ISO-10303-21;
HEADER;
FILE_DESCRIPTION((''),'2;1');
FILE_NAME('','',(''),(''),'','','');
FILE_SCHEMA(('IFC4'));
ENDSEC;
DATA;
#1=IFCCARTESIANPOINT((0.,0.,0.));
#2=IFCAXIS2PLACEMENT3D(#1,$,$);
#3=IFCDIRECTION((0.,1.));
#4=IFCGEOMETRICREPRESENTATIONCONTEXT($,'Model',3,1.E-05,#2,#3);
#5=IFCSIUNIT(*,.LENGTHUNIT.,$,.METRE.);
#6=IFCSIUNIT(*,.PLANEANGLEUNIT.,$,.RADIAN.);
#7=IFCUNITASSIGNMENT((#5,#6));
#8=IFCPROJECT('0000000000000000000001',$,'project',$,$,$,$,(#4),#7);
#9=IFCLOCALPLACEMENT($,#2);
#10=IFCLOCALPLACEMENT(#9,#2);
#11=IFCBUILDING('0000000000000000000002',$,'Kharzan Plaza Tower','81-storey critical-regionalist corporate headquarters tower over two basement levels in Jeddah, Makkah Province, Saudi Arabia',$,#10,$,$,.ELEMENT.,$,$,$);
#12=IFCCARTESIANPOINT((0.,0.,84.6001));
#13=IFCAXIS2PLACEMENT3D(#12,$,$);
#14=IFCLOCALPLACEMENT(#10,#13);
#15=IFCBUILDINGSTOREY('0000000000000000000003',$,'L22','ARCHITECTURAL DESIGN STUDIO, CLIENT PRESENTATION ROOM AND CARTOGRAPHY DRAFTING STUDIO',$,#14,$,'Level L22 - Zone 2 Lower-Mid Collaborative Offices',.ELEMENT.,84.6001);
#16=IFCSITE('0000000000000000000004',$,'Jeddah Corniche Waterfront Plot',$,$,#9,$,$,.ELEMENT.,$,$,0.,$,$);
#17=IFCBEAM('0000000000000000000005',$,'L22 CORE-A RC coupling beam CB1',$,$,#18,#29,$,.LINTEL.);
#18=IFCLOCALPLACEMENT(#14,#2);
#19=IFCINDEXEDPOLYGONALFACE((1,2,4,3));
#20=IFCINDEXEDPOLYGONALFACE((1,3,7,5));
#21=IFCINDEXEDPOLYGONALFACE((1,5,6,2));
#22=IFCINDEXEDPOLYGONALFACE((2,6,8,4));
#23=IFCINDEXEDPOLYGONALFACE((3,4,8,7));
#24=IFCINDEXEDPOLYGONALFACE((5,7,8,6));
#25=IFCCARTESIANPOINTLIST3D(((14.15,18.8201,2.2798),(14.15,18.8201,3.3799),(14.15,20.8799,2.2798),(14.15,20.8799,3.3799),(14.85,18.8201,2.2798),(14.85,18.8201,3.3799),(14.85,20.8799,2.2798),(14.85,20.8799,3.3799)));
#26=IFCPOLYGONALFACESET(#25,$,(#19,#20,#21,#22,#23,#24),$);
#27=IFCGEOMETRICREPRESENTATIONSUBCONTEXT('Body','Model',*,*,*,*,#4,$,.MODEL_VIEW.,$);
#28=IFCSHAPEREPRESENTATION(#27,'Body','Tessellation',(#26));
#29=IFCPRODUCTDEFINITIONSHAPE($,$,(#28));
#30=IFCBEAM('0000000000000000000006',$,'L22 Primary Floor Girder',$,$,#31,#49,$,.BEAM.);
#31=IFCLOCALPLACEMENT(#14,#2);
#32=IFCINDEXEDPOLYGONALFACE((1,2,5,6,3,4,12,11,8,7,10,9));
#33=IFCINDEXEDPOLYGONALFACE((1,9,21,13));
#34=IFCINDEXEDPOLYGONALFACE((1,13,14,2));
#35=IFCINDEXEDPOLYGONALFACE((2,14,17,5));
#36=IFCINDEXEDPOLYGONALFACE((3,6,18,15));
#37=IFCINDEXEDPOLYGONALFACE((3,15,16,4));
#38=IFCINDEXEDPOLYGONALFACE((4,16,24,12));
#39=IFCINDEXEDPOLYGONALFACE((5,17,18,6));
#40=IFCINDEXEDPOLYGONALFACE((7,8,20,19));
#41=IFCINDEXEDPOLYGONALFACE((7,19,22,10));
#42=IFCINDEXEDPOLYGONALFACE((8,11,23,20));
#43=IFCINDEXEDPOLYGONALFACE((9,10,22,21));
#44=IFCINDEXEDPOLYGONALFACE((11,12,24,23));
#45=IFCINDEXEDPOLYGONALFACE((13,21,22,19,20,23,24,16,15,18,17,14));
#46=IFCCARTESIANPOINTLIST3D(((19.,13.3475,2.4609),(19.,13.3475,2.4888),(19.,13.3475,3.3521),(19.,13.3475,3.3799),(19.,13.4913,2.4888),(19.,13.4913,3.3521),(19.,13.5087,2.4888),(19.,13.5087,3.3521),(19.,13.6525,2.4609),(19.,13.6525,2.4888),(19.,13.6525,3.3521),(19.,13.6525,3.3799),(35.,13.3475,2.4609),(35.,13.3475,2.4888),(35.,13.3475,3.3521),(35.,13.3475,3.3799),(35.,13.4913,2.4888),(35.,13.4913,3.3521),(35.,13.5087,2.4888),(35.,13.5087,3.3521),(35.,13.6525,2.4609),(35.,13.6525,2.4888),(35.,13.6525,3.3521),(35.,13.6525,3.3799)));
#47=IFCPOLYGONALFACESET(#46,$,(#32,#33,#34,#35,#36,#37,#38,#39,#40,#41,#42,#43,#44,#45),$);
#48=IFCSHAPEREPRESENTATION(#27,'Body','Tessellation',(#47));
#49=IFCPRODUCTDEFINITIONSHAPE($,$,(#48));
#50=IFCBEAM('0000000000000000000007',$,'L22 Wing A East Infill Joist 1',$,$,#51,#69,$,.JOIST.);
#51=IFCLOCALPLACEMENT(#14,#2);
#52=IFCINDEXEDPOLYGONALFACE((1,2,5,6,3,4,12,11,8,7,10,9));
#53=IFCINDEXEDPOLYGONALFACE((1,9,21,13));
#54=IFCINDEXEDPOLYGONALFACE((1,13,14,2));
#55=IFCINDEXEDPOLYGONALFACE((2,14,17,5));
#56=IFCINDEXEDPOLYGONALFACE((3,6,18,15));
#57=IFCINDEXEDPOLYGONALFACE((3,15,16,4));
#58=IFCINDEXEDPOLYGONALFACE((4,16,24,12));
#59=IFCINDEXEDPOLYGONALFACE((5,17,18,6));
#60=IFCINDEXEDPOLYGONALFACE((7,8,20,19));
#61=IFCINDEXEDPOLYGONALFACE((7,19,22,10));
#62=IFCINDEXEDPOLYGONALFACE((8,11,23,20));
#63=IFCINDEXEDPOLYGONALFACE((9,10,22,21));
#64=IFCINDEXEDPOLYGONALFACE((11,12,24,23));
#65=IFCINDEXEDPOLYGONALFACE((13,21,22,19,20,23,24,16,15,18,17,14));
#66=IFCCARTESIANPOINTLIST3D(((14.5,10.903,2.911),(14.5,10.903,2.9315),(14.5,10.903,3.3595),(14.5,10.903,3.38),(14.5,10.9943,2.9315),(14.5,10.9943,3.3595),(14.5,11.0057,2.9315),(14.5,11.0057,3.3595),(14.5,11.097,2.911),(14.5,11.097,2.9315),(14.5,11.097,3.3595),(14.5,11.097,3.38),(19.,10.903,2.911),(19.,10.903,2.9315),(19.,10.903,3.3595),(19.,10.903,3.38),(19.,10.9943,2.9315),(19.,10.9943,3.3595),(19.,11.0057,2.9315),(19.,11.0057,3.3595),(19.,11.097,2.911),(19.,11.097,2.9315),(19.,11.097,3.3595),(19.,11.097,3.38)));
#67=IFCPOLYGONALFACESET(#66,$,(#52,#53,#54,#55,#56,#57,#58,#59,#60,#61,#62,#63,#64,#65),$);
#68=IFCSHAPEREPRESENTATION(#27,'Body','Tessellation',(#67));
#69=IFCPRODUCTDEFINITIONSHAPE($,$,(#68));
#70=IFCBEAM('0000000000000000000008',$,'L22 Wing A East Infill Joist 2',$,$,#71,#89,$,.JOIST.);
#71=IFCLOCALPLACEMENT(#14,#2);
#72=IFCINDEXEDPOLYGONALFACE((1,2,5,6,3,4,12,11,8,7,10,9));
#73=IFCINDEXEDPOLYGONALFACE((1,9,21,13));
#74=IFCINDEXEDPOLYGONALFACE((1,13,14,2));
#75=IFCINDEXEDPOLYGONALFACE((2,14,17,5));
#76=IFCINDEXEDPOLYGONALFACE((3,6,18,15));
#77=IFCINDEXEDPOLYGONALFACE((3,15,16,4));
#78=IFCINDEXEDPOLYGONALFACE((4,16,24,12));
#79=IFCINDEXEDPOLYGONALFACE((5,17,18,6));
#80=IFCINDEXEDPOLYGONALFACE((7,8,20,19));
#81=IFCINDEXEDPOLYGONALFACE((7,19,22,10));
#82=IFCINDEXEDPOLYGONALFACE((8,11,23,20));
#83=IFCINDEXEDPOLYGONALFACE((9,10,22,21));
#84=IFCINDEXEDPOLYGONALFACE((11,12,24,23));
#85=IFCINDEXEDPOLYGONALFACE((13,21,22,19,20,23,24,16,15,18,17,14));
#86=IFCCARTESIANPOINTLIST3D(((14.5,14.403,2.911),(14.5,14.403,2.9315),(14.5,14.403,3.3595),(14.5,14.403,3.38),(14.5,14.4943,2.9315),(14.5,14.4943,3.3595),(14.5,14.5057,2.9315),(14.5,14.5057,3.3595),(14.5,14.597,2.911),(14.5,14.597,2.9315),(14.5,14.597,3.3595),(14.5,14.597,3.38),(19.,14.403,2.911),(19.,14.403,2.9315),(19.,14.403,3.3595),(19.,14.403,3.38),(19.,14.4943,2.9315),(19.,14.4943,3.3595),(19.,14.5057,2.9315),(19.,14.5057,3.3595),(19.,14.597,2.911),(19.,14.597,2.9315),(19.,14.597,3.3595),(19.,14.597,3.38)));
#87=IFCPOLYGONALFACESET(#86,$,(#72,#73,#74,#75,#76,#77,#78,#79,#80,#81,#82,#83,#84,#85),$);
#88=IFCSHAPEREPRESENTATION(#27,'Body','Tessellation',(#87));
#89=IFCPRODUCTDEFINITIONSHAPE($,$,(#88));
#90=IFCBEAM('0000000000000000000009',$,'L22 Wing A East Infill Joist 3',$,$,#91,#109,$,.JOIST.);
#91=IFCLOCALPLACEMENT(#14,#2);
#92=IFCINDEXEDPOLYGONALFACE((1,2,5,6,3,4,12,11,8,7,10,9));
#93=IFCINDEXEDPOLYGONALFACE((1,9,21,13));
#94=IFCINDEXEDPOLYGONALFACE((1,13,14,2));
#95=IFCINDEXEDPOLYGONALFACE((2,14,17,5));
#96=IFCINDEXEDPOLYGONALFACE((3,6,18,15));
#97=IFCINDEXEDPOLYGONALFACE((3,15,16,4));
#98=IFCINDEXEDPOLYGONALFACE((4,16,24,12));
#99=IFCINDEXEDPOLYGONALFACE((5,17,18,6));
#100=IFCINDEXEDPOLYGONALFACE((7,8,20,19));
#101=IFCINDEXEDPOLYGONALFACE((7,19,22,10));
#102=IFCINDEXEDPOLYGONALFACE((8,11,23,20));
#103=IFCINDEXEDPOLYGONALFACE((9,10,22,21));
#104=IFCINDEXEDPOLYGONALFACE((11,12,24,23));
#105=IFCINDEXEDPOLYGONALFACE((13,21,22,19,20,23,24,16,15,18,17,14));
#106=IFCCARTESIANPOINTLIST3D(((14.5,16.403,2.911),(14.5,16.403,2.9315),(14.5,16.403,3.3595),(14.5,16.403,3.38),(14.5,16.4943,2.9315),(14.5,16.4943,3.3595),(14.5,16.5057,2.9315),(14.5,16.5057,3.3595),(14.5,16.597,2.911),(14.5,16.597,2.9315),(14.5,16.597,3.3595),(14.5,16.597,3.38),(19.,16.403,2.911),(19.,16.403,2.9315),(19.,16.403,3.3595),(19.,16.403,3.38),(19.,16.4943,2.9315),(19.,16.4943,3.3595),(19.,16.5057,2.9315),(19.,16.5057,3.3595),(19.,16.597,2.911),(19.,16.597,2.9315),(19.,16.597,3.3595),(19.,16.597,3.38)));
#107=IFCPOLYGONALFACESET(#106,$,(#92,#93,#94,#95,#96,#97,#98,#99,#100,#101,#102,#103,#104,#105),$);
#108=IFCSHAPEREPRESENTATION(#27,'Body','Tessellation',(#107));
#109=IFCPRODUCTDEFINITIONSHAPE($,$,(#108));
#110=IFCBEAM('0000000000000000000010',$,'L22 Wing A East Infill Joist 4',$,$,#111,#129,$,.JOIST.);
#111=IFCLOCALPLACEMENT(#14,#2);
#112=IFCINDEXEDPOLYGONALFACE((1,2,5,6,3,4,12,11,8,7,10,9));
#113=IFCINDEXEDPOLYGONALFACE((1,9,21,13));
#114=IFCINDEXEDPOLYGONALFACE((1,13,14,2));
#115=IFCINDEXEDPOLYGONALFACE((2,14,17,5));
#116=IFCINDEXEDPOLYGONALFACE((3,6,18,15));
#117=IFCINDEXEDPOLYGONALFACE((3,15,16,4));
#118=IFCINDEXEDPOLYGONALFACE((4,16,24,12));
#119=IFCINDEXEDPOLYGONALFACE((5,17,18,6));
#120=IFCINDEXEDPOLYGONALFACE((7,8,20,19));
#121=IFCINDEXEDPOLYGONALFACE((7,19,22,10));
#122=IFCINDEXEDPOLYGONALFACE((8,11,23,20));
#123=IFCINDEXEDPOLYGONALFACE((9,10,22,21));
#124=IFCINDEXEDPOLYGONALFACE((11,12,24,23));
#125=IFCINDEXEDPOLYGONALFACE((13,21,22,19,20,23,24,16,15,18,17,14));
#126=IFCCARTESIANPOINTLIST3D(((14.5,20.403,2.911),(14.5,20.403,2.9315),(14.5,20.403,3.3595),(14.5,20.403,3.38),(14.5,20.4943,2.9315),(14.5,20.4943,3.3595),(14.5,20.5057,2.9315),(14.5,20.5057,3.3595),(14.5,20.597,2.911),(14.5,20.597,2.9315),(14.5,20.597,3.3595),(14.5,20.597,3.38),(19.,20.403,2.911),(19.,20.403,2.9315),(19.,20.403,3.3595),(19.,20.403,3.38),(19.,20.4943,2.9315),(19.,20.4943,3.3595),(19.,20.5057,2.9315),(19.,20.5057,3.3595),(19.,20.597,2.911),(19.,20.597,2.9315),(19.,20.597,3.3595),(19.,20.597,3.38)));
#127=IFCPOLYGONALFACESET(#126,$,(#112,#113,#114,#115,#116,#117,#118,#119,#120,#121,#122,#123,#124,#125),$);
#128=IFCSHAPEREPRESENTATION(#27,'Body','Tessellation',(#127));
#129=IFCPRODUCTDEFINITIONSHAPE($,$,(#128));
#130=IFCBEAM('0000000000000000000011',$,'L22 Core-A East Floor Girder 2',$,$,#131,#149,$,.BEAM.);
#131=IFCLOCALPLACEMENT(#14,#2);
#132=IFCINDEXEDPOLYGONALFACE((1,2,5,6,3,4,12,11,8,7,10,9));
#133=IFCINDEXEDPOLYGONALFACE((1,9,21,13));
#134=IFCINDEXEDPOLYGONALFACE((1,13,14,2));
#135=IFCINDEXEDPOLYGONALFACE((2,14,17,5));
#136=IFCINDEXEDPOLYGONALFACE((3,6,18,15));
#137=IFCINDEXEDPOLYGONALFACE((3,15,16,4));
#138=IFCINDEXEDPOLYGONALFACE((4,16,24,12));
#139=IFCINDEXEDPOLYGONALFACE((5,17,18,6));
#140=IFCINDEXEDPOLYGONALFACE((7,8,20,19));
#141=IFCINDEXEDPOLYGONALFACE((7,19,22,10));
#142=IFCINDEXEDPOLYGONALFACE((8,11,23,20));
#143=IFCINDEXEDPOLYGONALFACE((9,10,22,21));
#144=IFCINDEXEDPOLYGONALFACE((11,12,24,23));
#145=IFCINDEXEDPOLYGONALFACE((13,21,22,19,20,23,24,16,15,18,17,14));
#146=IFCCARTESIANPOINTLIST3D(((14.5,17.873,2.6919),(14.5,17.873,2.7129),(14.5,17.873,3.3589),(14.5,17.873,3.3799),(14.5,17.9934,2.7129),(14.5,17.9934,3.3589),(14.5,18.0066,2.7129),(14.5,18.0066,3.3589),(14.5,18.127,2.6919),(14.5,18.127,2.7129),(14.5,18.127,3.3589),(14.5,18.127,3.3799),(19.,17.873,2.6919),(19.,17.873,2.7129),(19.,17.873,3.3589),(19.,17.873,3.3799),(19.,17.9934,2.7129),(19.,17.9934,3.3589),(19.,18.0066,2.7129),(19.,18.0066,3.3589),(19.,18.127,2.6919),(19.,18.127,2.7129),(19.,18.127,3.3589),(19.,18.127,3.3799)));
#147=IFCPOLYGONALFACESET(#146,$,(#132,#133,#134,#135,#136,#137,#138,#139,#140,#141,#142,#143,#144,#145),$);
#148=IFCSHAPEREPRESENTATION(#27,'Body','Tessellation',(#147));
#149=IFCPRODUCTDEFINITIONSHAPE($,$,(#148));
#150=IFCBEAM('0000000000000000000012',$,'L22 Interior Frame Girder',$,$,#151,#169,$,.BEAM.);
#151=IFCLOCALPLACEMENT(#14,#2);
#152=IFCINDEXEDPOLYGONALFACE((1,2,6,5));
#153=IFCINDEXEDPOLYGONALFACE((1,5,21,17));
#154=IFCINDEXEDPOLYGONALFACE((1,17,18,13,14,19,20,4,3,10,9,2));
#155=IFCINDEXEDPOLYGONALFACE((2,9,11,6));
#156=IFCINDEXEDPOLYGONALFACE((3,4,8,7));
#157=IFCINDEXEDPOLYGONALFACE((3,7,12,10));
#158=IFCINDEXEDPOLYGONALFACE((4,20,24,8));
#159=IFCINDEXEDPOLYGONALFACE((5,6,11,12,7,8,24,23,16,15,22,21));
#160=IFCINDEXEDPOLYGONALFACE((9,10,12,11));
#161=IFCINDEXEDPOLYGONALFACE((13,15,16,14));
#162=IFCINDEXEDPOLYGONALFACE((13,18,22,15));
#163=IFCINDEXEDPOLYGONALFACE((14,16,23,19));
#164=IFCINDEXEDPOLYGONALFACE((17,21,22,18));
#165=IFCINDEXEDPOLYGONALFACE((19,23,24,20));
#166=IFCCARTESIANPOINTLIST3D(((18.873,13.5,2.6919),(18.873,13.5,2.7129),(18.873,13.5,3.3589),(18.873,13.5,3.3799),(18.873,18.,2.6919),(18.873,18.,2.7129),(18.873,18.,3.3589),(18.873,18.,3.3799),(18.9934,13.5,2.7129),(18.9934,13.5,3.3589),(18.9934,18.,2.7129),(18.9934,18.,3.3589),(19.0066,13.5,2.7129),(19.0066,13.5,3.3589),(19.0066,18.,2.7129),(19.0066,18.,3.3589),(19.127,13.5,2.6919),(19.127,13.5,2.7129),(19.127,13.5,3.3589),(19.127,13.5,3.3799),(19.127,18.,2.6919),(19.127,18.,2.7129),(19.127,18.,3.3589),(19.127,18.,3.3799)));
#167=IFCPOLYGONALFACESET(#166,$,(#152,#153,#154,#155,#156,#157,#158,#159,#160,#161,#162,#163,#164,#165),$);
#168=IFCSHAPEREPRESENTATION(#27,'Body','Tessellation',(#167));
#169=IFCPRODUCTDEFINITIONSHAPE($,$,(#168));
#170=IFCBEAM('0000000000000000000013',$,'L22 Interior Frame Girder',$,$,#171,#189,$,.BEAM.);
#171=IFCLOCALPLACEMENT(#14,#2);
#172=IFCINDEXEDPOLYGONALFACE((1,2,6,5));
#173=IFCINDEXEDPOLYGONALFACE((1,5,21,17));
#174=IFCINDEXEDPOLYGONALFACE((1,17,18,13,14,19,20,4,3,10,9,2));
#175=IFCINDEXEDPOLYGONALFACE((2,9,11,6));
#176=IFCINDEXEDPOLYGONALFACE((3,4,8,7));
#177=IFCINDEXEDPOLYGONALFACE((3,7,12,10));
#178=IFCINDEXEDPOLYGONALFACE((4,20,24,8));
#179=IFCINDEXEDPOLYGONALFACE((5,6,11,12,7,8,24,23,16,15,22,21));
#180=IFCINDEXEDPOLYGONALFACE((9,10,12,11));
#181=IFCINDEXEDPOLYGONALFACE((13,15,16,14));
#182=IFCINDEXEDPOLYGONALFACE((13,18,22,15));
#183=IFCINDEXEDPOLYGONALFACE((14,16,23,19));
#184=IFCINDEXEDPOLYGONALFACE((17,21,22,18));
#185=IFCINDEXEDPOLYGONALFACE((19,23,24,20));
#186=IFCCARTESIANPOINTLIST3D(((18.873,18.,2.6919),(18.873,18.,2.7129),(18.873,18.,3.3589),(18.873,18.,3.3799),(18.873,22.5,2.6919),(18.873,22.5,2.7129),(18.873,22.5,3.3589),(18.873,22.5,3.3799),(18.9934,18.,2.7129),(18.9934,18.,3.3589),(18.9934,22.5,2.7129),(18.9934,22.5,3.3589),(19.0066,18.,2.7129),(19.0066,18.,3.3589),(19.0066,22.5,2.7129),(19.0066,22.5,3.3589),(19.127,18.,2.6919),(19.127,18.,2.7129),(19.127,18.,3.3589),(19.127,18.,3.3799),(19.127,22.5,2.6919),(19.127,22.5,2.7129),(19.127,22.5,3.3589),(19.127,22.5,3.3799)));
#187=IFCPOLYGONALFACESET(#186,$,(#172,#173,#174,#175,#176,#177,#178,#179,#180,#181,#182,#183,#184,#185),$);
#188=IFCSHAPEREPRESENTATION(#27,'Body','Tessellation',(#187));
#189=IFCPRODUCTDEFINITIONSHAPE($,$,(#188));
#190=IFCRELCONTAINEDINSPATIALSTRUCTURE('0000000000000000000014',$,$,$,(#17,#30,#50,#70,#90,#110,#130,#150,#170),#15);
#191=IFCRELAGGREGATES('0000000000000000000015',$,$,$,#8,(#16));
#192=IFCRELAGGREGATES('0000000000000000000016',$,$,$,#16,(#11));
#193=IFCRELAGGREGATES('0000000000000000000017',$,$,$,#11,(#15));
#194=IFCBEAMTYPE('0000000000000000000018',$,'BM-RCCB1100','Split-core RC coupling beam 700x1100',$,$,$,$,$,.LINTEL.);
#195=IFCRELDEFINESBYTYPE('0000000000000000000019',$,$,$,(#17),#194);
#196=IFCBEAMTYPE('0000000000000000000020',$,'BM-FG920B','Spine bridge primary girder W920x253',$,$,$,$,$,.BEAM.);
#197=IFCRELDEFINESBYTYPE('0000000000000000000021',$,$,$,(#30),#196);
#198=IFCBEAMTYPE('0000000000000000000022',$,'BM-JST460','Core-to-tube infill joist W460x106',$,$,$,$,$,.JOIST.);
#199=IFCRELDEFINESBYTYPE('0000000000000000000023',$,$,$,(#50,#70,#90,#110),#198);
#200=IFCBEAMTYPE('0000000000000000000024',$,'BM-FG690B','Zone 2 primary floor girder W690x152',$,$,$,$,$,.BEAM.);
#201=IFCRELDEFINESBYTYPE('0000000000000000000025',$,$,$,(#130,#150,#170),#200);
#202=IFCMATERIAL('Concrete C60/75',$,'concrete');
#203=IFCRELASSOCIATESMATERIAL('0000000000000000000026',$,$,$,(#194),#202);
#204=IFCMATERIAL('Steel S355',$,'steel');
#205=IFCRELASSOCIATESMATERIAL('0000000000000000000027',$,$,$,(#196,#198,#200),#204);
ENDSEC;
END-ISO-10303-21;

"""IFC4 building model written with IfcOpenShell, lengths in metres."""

from ifc_helpers import new_model, si_unit, direction, frame, origin, origin_2d, place, context, subcontext, project, spatial, rectangle, i_section, extrude, source, transform, mapped, material, material_profile, profile_set, type_object, element, save


model = new_model("IFC4")

# Units and contexts
model_context = context("Model", 3, precision=1e-05, world=origin(), true_north=direction((0.0, 1.0)))
body_context = subcontext(model_context, "Body", "Model", "MODEL_VIEW")
ifc_project = project(units=[si_unit("LENGTHUNIT", "METRE"), si_unit("PLANEANGLEUNIT", "RADIAN")], contexts=[model_context])

# Site, building, storey
site_placement = place(None, origin())
site = spatial("IfcSite", under=ifc_project, at=site_placement, Name="Jeddah Corniche Waterfront Plot", CompositionType="ELEMENT", RefElevation=0.0)
building_placement = place(site_placement, origin())
building = spatial("IfcBuilding", under=site, at=building_placement, Name="Kharzan Plaza Tower", Description="81-storey critical-regionalist corporate headquarters tower over two basement levels in Jeddah, Makkah Province, Saudi Arabia", CompositionType="ELEMENT")
storey_placement = place(building_placement, frame((0.0, 0.0, 84.6001)))
storey = spatial("IfcBuildingStorey", under=building, at=storey_placement, Name="L22", Description="ARCHITECTURAL DESIGN STUDIO, CLIENT PRESENTATION ROOM AND CARTOGRAPHY DRAFTING STUDIO", LongName="Level L22 - Zone 2 Lower-Mid Collaborative Offices", CompositionType="ELEMENT", Elevation=84.6001)

# Beams
ifc_material_1 = material(Name="Concrete C60/75", Category="concrete")
ifc_material_profile_1 = material_profile(ifc_material_1, rectangle(XDim=0.7, YDim=1.1001, at=origin_2d()), Name="RC-CB1100x700")
ifc_profile_set_1 = profile_set([ifc_material_profile_1], Name="Concrete C60/75")
beam_type_1 = type_object("IfcBeamType", Name="BM-RCCB1100", Description="Split-core RC coupling beam 700x1100", PredefinedType="LINTEL", material=ifc_profile_set_1)
shared_shape_1 = source(origin(), body_context, "Body", "SweptSolid", [
    extrude(rectangle(XDim=0.7, YDim=1.1001, at=origin_2d()), origin(), (0.0, 0.0, 1.0), 2.0598),
])
beam_1_placement = place(storey_placement, frame((14.5, 18.8201, 2.8298), z_axis=(0.0, 1.0, 0.0), x_axis=(-1.0, 0.0, 0.0)))
element("IfcBeam", 1, at=beam_1_placement, inside=storey, type_object=beam_type_1, Name="L22 CORE-A RC coupling beam CB1", PredefinedType="LINTEL", context=body_context, shape_type="MappedRepresentation", body=[
    mapped(shared_shape_1, transform((0.0, 0.0, 0.0), x_axis=(1.0, 0.0, 0.0), y_axis=(0.0, 1.0, 0.0), z_axis=(0.0, 0.0, 1.0))),
])
ifc_material_2 = material(Name="Steel S355", Category="steel")
ifc_material_profile_2 = material_profile(ifc_material_2, i_section(OverallWidth=0.3049, OverallDepth=0.9189, WebThickness=0.0173, FlangeThickness=0.0278, at=origin_2d()), Name="W920x253")
ifc_profile_set_2 = profile_set([ifc_material_profile_2], Name="Steel S355")
beam_type_2 = type_object("IfcBeamType", Name="BM-FG920B", Description="Spine bridge primary girder W920x253", PredefinedType="BEAM", material=ifc_profile_set_2)
shared_shape_2 = source(origin(), body_context, "Body", "SweptSolid", [
    extrude(i_section(OverallWidth=0.3049, OverallDepth=0.9189, WebThickness=0.0173, FlangeThickness=0.0278, at=origin_2d()), origin(), (0.0, 0.0, 1.0), 16.0),
])
beam_2_placement = place(storey_placement, frame((19.0, 13.5, 2.9204), z_axis=(1.0, 0.0, 0.0), x_axis=(0.0, 1.0, 0.0)))
element("IfcBeam", 2, at=beam_2_placement, inside=storey, type_object=beam_type_2, Name="L22 Primary Floor Girder", PredefinedType="BEAM", context=body_context, shape_type="MappedRepresentation", body=[
    mapped(shared_shape_2, transform((0.0, 0.0, 0.0), x_axis=(1.0, 0.0, 0.0), y_axis=(0.0, 1.0, 0.0), z_axis=(0.0, 0.0, 1.0))),
])
ifc_material_profile_3 = material_profile(ifc_material_2, i_section(OverallWidth=0.1941, OverallDepth=0.469, WebThickness=0.0115, FlangeThickness=0.0205, at=origin_2d()), Name="W460x106")
ifc_profile_set_3 = profile_set([ifc_material_profile_3], Name="Steel S355")
beam_type_3 = type_object("IfcBeamType", Name="BM-JST460", Description="Core-to-tube infill joist W460x106", PredefinedType="JOIST", material=ifc_profile_set_3)
shared_shape_3 = source(origin(), body_context, "Body", "SweptSolid", [
    extrude(i_section(OverallWidth=0.1941, OverallDepth=0.469, WebThickness=0.0115, FlangeThickness=0.0205, at=origin_2d()), origin(), (0.0, 0.0, 1.0), 4.5),
])
for number, where, z_axis, x_axis, name in (
    (3, (14.5, 11.0, 3.1455), (1.0, 0.0, 0.0), (0.0, 1.0, 0.0), "L22 Wing A East Infill Joist 1"),
    (4, (14.5, 14.5, 3.1455), (1.0, 0.0, 0.0), (0.0, 1.0, 0.0), "L22 Wing A East Infill Joist 2"),
    (5, (14.5, 16.5, 3.1455), (1.0, 0.0, 0.0), (0.0, 1.0, 0.0), "L22 Wing A East Infill Joist 3"),
    (6, (14.5, 20.5, 3.1455), (1.0, 0.0, 0.0), (0.0, 1.0, 0.0), "L22 Wing A East Infill Joist 4"),
):
    element("IfcBeam", number, at=place(storey_placement, frame(where, z_axis=z_axis, x_axis=x_axis)), inside=storey, type_object=beam_type_3, Name=name, PredefinedType="JOIST", context=body_context, shape_type="MappedRepresentation", body=[
        mapped(shared_shape_3, transform((0.0, 0.0, 0.0), x_axis=(1.0, 0.0, 0.0), y_axis=(0.0, 1.0, 0.0), z_axis=(0.0, 0.0, 1.0))),
    ])
ifc_material_profile_4 = material_profile(ifc_material_2, i_section(OverallWidth=0.2539, OverallDepth=0.688, WebThickness=0.0132, FlangeThickness=0.021, at=origin_2d()), Name="W690x152")
ifc_profile_set_4 = profile_set([ifc_material_profile_4], Name="Steel S355")
beam_type_4 = type_object("IfcBeamType", Name="BM-FG690B", Description="Zone 2 primary floor girder W690x152", PredefinedType="BEAM", material=ifc_profile_set_4)
shared_shape_4 = source(origin(), body_context, "Body", "SweptSolid", [
    extrude(i_section(OverallWidth=0.2539, OverallDepth=0.688, WebThickness=0.0132, FlangeThickness=0.021, at=origin_2d()), origin(), (0.0, 0.0, 1.0), 4.5),
])
for number, where, z_axis, x_axis, name in (
    (7, (14.5, 18.0, 3.0359), (1.0, 0.0, 0.0), (0.0, 1.0, 0.0), "L22 Core-A East Floor Girder 2"),
    (8, (19.0, 13.5, 3.0359), (0.0, 1.0, 0.0), (-1.0, 0.0, 0.0), "L22 Interior Frame Girder"),
    (9, (19.0, 18.0, 3.0359), (0.0, 1.0, 0.0), (-1.0, 0.0, 0.0), "L22 Interior Frame Girder"),
):
    element("IfcBeam", number, at=place(storey_placement, frame(where, z_axis=z_axis, x_axis=x_axis)), inside=storey, type_object=beam_type_4, Name=name, PredefinedType="BEAM", context=body_context, shape_type="MappedRepresentation", body=[
        mapped(shared_shape_4, transform((0.0, 0.0, 0.0), x_axis=(1.0, 0.0, 0.0), y_axis=(0.0, 1.0, 0.0), z_axis=(0.0, 0.0, 1.0))),
    ])

save(model, "model.ifc")
